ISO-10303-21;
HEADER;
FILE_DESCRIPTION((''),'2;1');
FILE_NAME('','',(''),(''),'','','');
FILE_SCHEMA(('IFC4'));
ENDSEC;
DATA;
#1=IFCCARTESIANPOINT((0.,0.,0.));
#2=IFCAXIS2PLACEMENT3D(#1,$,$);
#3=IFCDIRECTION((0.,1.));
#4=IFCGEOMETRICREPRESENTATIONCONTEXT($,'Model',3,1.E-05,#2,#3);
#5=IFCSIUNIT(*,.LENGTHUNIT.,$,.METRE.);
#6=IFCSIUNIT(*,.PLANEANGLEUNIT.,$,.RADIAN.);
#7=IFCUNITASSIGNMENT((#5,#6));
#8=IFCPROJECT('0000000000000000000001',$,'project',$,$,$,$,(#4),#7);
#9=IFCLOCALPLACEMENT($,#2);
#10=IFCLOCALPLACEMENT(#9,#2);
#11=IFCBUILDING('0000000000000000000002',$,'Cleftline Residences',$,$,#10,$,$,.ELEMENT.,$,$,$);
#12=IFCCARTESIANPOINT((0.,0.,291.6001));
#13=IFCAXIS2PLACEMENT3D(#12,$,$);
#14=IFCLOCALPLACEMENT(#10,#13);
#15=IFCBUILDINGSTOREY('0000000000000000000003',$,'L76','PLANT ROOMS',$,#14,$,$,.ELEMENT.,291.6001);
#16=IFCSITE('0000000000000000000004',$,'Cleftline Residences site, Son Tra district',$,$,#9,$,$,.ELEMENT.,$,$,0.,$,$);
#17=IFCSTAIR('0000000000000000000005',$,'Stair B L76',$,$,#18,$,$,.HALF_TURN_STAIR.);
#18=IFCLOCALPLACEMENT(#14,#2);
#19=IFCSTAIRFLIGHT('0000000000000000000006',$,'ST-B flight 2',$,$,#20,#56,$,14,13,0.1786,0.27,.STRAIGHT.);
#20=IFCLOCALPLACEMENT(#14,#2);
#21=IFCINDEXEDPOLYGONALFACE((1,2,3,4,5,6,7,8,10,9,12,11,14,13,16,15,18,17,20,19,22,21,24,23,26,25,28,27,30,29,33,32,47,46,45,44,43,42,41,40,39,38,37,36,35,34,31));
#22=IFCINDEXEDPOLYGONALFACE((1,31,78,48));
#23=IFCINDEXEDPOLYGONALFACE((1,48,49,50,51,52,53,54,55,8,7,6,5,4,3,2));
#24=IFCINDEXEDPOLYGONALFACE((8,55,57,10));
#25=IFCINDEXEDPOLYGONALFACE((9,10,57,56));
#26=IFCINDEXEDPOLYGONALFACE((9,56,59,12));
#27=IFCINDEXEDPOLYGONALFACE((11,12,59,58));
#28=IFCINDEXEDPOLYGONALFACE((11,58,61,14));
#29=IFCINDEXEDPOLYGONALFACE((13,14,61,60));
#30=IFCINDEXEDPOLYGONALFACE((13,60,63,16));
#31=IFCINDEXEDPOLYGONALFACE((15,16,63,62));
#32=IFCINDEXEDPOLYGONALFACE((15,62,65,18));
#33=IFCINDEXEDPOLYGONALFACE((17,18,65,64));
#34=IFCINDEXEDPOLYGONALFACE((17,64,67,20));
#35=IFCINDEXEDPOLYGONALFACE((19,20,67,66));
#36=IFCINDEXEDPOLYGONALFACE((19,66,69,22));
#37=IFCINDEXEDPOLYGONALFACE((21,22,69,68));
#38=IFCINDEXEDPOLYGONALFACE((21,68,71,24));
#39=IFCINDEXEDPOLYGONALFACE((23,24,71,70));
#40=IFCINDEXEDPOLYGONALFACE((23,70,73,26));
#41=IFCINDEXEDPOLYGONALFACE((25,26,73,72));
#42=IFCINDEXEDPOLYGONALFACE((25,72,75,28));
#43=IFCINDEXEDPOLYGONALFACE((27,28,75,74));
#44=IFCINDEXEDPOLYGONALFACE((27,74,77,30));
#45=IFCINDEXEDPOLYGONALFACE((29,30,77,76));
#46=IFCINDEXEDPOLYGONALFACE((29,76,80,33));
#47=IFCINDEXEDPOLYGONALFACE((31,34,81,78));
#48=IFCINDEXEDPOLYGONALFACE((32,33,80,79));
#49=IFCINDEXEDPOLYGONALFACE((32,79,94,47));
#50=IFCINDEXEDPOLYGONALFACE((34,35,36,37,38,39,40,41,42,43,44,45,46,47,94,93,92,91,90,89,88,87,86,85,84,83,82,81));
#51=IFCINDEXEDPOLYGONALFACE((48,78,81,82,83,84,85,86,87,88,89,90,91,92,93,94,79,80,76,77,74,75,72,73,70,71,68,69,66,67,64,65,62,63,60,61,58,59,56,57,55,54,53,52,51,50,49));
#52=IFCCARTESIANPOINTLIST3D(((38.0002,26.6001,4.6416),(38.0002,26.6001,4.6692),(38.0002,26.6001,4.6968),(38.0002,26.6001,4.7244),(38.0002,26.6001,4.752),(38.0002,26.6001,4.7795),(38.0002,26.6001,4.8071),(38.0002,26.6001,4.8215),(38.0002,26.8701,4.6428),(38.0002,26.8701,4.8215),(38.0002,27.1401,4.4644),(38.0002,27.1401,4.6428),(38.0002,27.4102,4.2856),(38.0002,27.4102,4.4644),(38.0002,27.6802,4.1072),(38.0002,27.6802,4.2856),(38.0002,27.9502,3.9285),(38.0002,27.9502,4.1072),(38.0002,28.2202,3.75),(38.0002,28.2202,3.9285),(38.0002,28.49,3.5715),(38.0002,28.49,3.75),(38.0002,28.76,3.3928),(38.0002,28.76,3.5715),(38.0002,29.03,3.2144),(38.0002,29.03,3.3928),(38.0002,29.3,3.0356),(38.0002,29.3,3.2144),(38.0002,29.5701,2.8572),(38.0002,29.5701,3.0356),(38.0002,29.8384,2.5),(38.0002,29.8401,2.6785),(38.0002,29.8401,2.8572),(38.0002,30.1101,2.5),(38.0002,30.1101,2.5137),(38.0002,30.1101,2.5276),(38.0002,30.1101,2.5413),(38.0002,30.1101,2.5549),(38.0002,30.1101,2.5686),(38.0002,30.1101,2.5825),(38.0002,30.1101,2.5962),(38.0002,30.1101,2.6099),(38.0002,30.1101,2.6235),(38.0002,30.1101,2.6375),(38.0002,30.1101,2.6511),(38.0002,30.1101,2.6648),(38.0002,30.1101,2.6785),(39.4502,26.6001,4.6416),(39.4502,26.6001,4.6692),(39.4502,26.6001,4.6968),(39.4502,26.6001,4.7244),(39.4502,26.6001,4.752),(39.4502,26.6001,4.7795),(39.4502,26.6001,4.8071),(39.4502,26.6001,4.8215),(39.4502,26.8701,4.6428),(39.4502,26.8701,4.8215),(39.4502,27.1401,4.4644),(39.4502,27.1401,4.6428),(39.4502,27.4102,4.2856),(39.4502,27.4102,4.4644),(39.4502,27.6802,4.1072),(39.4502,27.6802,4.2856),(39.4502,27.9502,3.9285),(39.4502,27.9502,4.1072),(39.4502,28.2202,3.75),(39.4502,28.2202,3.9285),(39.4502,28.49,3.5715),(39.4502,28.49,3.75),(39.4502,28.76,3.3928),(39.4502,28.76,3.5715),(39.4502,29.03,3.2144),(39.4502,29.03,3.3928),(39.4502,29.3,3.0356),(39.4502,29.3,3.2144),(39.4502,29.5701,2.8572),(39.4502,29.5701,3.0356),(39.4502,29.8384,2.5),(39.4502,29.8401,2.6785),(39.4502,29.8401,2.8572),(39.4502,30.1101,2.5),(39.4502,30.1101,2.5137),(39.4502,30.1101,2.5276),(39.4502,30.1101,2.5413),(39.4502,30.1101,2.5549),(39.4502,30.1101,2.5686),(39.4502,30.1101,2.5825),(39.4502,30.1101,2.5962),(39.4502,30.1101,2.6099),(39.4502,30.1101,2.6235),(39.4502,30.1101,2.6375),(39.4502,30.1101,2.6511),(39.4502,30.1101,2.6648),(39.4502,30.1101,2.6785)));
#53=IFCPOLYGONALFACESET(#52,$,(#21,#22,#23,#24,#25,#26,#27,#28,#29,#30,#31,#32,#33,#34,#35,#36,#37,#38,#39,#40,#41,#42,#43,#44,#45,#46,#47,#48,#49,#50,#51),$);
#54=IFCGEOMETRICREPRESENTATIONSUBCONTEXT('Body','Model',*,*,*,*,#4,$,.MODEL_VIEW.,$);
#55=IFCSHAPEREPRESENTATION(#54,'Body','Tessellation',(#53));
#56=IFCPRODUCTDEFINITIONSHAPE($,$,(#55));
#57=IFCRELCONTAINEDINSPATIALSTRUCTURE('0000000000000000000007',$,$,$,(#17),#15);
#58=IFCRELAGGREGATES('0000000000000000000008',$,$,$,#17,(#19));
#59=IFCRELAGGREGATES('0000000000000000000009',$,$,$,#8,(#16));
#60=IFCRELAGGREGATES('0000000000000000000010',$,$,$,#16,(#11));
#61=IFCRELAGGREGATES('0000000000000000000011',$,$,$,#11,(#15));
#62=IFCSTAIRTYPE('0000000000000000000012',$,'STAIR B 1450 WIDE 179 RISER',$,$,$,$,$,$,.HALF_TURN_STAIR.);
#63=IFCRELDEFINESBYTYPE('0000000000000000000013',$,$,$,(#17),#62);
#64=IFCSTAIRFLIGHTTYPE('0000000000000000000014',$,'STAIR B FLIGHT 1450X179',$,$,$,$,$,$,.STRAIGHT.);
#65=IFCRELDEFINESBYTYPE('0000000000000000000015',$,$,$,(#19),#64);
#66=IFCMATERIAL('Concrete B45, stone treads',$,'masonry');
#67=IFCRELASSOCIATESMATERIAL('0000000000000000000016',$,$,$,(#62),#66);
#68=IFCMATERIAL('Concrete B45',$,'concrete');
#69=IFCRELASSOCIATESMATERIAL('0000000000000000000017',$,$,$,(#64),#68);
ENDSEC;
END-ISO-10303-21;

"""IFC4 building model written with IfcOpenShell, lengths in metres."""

from ifc_helpers import new_model, si_unit, direction, frame, origin, place, context, subcontext, project, spatial, polyline, outline, extrude, material, type_object, element, aggregate, save


model = new_model("IFC4")

# Units and contexts
model_context = context("Model", 3, precision=1e-05, world=origin(), true_north=direction((0.0, 1.0)))
body_context = subcontext(model_context, "Body", "Model", "MODEL_VIEW")
ifc_project = project(units=[si_unit("LENGTHUNIT", "METRE"), si_unit("PLANEANGLEUNIT", "RADIAN")], contexts=[model_context])

# Site, building, storey
site_placement = place(None, origin())
site = spatial("IfcSite", under=ifc_project, at=site_placement, Name="Cleftline Residences site, Son Tra district", CompositionType="ELEMENT", RefElevation=0.0)
building_placement = place(site_placement, origin())
building = spatial("IfcBuilding", under=site, at=building_placement, Name="Cleftline Residences", CompositionType="ELEMENT")
storey_placement = place(building_placement, frame((0.0, 0.0, 291.6001)))
storey = spatial("IfcBuildingStorey", under=building, at=storey_placement, Name="L76", Description="PLANT ROOMS", CompositionType="ELEMENT", Elevation=291.6001)

# Stair, stair flight
ifc_material_1 = material(Name="Concrete B45, stone treads", Category="masonry")
stair_type_1 = type_object("IfcStairType", Name="STAIR B 1450 WIDE 179 RISER", PredefinedType="HALF_TURN_STAIR", material=ifc_material_1)
stair_1_placement = place(storey_placement, origin())
stair_1 = element("IfcStair", 1, at=stair_1_placement, inside=storey, type_object=stair_type_1, Name="Stair B L76", PredefinedType="HALF_TURN_STAIR")
ifc_material_2 = material(Name="Concrete B45", Category="concrete")
stair_flight_type_1 = type_object("IfcStairFlightType", Name="STAIR B FLIGHT 1450X179", PredefinedType="STRAIGHT", material=ifc_material_2)
stair_flight_1_placement = place(storey_placement, frame((38.7251, 30.1101, 2.5), z_axis=(0.0, 0.0, 1.0), x_axis=(0.0, -1.0, 0.0)))
stair_flight_1 = element("IfcStairFlight", 2, at=stair_flight_1_placement, type_object=stair_flight_type_1, Name="ST-B flight 2", NumberOfRisers=14, NumberOfTreads=13, PredefinedType="STRAIGHT", RiserHeight=0.1786, TreadLength=0.27, context=body_context, shape_type="SweptSolid", body=[
    extrude(outline(polyline([(0.0, 0.0), (0.0, 0.0137), (0.0, 0.0276), (0.0, 0.0413), (0.0, 0.0549), (0.0, 0.0686), (0.0, 0.0825), (0.0, 0.0962), (0.0, 0.1099), (0.0, 0.1235), (0.0, 0.1375), (0.0, 0.1511), (0.0, 0.1648), (0.0, 0.1785), (0.27, 0.1785), (0.27, 0.3572), (0.54, 0.3572), (0.54, 0.5356), (0.8101, 0.5356), (0.8101, 0.7144), (1.0801, 0.7144), (1.0801, 0.8928), (1.3501, 0.8928), (1.3501, 1.0715), (1.6201, 1.0715), (1.6201, 1.25), (1.8899, 1.25), (1.8899, 1.4285), (2.1599, 1.4285), (2.1599, 1.6072), (2.4299, 1.6072), (2.4299, 1.7856), (2.7, 1.7856), (2.7, 1.9644), (2.97, 1.9644), (2.97, 2.1428), (3.24, 2.1428), (3.24, 2.3215), (3.51, 2.3215), (3.51, 2.5), (3.51, 2.4724), (3.51, 2.4448), (3.51, 2.4172), (3.51, 2.3896), (3.51, 2.3623), (3.51, 2.3347), (3.51, 2.3071), (3.51, 2.2795), (3.51, 2.252), (3.51, 2.2244), (3.51, 2.1968), (3.51, 2.1692), (3.51, 2.1416), (0.2717, 0.0), (0.0, 0.0)])), frame((0.0, 0.7251, 0.0), z_axis=(0.0, -1.0, 0.0), x_axis=(1.0, 0.0, 0.0)), (0.0, 0.0, 1.0), 1.45),
])
aggregate(stair_1, [stair_flight_1])

save(model, "model.ifc")
